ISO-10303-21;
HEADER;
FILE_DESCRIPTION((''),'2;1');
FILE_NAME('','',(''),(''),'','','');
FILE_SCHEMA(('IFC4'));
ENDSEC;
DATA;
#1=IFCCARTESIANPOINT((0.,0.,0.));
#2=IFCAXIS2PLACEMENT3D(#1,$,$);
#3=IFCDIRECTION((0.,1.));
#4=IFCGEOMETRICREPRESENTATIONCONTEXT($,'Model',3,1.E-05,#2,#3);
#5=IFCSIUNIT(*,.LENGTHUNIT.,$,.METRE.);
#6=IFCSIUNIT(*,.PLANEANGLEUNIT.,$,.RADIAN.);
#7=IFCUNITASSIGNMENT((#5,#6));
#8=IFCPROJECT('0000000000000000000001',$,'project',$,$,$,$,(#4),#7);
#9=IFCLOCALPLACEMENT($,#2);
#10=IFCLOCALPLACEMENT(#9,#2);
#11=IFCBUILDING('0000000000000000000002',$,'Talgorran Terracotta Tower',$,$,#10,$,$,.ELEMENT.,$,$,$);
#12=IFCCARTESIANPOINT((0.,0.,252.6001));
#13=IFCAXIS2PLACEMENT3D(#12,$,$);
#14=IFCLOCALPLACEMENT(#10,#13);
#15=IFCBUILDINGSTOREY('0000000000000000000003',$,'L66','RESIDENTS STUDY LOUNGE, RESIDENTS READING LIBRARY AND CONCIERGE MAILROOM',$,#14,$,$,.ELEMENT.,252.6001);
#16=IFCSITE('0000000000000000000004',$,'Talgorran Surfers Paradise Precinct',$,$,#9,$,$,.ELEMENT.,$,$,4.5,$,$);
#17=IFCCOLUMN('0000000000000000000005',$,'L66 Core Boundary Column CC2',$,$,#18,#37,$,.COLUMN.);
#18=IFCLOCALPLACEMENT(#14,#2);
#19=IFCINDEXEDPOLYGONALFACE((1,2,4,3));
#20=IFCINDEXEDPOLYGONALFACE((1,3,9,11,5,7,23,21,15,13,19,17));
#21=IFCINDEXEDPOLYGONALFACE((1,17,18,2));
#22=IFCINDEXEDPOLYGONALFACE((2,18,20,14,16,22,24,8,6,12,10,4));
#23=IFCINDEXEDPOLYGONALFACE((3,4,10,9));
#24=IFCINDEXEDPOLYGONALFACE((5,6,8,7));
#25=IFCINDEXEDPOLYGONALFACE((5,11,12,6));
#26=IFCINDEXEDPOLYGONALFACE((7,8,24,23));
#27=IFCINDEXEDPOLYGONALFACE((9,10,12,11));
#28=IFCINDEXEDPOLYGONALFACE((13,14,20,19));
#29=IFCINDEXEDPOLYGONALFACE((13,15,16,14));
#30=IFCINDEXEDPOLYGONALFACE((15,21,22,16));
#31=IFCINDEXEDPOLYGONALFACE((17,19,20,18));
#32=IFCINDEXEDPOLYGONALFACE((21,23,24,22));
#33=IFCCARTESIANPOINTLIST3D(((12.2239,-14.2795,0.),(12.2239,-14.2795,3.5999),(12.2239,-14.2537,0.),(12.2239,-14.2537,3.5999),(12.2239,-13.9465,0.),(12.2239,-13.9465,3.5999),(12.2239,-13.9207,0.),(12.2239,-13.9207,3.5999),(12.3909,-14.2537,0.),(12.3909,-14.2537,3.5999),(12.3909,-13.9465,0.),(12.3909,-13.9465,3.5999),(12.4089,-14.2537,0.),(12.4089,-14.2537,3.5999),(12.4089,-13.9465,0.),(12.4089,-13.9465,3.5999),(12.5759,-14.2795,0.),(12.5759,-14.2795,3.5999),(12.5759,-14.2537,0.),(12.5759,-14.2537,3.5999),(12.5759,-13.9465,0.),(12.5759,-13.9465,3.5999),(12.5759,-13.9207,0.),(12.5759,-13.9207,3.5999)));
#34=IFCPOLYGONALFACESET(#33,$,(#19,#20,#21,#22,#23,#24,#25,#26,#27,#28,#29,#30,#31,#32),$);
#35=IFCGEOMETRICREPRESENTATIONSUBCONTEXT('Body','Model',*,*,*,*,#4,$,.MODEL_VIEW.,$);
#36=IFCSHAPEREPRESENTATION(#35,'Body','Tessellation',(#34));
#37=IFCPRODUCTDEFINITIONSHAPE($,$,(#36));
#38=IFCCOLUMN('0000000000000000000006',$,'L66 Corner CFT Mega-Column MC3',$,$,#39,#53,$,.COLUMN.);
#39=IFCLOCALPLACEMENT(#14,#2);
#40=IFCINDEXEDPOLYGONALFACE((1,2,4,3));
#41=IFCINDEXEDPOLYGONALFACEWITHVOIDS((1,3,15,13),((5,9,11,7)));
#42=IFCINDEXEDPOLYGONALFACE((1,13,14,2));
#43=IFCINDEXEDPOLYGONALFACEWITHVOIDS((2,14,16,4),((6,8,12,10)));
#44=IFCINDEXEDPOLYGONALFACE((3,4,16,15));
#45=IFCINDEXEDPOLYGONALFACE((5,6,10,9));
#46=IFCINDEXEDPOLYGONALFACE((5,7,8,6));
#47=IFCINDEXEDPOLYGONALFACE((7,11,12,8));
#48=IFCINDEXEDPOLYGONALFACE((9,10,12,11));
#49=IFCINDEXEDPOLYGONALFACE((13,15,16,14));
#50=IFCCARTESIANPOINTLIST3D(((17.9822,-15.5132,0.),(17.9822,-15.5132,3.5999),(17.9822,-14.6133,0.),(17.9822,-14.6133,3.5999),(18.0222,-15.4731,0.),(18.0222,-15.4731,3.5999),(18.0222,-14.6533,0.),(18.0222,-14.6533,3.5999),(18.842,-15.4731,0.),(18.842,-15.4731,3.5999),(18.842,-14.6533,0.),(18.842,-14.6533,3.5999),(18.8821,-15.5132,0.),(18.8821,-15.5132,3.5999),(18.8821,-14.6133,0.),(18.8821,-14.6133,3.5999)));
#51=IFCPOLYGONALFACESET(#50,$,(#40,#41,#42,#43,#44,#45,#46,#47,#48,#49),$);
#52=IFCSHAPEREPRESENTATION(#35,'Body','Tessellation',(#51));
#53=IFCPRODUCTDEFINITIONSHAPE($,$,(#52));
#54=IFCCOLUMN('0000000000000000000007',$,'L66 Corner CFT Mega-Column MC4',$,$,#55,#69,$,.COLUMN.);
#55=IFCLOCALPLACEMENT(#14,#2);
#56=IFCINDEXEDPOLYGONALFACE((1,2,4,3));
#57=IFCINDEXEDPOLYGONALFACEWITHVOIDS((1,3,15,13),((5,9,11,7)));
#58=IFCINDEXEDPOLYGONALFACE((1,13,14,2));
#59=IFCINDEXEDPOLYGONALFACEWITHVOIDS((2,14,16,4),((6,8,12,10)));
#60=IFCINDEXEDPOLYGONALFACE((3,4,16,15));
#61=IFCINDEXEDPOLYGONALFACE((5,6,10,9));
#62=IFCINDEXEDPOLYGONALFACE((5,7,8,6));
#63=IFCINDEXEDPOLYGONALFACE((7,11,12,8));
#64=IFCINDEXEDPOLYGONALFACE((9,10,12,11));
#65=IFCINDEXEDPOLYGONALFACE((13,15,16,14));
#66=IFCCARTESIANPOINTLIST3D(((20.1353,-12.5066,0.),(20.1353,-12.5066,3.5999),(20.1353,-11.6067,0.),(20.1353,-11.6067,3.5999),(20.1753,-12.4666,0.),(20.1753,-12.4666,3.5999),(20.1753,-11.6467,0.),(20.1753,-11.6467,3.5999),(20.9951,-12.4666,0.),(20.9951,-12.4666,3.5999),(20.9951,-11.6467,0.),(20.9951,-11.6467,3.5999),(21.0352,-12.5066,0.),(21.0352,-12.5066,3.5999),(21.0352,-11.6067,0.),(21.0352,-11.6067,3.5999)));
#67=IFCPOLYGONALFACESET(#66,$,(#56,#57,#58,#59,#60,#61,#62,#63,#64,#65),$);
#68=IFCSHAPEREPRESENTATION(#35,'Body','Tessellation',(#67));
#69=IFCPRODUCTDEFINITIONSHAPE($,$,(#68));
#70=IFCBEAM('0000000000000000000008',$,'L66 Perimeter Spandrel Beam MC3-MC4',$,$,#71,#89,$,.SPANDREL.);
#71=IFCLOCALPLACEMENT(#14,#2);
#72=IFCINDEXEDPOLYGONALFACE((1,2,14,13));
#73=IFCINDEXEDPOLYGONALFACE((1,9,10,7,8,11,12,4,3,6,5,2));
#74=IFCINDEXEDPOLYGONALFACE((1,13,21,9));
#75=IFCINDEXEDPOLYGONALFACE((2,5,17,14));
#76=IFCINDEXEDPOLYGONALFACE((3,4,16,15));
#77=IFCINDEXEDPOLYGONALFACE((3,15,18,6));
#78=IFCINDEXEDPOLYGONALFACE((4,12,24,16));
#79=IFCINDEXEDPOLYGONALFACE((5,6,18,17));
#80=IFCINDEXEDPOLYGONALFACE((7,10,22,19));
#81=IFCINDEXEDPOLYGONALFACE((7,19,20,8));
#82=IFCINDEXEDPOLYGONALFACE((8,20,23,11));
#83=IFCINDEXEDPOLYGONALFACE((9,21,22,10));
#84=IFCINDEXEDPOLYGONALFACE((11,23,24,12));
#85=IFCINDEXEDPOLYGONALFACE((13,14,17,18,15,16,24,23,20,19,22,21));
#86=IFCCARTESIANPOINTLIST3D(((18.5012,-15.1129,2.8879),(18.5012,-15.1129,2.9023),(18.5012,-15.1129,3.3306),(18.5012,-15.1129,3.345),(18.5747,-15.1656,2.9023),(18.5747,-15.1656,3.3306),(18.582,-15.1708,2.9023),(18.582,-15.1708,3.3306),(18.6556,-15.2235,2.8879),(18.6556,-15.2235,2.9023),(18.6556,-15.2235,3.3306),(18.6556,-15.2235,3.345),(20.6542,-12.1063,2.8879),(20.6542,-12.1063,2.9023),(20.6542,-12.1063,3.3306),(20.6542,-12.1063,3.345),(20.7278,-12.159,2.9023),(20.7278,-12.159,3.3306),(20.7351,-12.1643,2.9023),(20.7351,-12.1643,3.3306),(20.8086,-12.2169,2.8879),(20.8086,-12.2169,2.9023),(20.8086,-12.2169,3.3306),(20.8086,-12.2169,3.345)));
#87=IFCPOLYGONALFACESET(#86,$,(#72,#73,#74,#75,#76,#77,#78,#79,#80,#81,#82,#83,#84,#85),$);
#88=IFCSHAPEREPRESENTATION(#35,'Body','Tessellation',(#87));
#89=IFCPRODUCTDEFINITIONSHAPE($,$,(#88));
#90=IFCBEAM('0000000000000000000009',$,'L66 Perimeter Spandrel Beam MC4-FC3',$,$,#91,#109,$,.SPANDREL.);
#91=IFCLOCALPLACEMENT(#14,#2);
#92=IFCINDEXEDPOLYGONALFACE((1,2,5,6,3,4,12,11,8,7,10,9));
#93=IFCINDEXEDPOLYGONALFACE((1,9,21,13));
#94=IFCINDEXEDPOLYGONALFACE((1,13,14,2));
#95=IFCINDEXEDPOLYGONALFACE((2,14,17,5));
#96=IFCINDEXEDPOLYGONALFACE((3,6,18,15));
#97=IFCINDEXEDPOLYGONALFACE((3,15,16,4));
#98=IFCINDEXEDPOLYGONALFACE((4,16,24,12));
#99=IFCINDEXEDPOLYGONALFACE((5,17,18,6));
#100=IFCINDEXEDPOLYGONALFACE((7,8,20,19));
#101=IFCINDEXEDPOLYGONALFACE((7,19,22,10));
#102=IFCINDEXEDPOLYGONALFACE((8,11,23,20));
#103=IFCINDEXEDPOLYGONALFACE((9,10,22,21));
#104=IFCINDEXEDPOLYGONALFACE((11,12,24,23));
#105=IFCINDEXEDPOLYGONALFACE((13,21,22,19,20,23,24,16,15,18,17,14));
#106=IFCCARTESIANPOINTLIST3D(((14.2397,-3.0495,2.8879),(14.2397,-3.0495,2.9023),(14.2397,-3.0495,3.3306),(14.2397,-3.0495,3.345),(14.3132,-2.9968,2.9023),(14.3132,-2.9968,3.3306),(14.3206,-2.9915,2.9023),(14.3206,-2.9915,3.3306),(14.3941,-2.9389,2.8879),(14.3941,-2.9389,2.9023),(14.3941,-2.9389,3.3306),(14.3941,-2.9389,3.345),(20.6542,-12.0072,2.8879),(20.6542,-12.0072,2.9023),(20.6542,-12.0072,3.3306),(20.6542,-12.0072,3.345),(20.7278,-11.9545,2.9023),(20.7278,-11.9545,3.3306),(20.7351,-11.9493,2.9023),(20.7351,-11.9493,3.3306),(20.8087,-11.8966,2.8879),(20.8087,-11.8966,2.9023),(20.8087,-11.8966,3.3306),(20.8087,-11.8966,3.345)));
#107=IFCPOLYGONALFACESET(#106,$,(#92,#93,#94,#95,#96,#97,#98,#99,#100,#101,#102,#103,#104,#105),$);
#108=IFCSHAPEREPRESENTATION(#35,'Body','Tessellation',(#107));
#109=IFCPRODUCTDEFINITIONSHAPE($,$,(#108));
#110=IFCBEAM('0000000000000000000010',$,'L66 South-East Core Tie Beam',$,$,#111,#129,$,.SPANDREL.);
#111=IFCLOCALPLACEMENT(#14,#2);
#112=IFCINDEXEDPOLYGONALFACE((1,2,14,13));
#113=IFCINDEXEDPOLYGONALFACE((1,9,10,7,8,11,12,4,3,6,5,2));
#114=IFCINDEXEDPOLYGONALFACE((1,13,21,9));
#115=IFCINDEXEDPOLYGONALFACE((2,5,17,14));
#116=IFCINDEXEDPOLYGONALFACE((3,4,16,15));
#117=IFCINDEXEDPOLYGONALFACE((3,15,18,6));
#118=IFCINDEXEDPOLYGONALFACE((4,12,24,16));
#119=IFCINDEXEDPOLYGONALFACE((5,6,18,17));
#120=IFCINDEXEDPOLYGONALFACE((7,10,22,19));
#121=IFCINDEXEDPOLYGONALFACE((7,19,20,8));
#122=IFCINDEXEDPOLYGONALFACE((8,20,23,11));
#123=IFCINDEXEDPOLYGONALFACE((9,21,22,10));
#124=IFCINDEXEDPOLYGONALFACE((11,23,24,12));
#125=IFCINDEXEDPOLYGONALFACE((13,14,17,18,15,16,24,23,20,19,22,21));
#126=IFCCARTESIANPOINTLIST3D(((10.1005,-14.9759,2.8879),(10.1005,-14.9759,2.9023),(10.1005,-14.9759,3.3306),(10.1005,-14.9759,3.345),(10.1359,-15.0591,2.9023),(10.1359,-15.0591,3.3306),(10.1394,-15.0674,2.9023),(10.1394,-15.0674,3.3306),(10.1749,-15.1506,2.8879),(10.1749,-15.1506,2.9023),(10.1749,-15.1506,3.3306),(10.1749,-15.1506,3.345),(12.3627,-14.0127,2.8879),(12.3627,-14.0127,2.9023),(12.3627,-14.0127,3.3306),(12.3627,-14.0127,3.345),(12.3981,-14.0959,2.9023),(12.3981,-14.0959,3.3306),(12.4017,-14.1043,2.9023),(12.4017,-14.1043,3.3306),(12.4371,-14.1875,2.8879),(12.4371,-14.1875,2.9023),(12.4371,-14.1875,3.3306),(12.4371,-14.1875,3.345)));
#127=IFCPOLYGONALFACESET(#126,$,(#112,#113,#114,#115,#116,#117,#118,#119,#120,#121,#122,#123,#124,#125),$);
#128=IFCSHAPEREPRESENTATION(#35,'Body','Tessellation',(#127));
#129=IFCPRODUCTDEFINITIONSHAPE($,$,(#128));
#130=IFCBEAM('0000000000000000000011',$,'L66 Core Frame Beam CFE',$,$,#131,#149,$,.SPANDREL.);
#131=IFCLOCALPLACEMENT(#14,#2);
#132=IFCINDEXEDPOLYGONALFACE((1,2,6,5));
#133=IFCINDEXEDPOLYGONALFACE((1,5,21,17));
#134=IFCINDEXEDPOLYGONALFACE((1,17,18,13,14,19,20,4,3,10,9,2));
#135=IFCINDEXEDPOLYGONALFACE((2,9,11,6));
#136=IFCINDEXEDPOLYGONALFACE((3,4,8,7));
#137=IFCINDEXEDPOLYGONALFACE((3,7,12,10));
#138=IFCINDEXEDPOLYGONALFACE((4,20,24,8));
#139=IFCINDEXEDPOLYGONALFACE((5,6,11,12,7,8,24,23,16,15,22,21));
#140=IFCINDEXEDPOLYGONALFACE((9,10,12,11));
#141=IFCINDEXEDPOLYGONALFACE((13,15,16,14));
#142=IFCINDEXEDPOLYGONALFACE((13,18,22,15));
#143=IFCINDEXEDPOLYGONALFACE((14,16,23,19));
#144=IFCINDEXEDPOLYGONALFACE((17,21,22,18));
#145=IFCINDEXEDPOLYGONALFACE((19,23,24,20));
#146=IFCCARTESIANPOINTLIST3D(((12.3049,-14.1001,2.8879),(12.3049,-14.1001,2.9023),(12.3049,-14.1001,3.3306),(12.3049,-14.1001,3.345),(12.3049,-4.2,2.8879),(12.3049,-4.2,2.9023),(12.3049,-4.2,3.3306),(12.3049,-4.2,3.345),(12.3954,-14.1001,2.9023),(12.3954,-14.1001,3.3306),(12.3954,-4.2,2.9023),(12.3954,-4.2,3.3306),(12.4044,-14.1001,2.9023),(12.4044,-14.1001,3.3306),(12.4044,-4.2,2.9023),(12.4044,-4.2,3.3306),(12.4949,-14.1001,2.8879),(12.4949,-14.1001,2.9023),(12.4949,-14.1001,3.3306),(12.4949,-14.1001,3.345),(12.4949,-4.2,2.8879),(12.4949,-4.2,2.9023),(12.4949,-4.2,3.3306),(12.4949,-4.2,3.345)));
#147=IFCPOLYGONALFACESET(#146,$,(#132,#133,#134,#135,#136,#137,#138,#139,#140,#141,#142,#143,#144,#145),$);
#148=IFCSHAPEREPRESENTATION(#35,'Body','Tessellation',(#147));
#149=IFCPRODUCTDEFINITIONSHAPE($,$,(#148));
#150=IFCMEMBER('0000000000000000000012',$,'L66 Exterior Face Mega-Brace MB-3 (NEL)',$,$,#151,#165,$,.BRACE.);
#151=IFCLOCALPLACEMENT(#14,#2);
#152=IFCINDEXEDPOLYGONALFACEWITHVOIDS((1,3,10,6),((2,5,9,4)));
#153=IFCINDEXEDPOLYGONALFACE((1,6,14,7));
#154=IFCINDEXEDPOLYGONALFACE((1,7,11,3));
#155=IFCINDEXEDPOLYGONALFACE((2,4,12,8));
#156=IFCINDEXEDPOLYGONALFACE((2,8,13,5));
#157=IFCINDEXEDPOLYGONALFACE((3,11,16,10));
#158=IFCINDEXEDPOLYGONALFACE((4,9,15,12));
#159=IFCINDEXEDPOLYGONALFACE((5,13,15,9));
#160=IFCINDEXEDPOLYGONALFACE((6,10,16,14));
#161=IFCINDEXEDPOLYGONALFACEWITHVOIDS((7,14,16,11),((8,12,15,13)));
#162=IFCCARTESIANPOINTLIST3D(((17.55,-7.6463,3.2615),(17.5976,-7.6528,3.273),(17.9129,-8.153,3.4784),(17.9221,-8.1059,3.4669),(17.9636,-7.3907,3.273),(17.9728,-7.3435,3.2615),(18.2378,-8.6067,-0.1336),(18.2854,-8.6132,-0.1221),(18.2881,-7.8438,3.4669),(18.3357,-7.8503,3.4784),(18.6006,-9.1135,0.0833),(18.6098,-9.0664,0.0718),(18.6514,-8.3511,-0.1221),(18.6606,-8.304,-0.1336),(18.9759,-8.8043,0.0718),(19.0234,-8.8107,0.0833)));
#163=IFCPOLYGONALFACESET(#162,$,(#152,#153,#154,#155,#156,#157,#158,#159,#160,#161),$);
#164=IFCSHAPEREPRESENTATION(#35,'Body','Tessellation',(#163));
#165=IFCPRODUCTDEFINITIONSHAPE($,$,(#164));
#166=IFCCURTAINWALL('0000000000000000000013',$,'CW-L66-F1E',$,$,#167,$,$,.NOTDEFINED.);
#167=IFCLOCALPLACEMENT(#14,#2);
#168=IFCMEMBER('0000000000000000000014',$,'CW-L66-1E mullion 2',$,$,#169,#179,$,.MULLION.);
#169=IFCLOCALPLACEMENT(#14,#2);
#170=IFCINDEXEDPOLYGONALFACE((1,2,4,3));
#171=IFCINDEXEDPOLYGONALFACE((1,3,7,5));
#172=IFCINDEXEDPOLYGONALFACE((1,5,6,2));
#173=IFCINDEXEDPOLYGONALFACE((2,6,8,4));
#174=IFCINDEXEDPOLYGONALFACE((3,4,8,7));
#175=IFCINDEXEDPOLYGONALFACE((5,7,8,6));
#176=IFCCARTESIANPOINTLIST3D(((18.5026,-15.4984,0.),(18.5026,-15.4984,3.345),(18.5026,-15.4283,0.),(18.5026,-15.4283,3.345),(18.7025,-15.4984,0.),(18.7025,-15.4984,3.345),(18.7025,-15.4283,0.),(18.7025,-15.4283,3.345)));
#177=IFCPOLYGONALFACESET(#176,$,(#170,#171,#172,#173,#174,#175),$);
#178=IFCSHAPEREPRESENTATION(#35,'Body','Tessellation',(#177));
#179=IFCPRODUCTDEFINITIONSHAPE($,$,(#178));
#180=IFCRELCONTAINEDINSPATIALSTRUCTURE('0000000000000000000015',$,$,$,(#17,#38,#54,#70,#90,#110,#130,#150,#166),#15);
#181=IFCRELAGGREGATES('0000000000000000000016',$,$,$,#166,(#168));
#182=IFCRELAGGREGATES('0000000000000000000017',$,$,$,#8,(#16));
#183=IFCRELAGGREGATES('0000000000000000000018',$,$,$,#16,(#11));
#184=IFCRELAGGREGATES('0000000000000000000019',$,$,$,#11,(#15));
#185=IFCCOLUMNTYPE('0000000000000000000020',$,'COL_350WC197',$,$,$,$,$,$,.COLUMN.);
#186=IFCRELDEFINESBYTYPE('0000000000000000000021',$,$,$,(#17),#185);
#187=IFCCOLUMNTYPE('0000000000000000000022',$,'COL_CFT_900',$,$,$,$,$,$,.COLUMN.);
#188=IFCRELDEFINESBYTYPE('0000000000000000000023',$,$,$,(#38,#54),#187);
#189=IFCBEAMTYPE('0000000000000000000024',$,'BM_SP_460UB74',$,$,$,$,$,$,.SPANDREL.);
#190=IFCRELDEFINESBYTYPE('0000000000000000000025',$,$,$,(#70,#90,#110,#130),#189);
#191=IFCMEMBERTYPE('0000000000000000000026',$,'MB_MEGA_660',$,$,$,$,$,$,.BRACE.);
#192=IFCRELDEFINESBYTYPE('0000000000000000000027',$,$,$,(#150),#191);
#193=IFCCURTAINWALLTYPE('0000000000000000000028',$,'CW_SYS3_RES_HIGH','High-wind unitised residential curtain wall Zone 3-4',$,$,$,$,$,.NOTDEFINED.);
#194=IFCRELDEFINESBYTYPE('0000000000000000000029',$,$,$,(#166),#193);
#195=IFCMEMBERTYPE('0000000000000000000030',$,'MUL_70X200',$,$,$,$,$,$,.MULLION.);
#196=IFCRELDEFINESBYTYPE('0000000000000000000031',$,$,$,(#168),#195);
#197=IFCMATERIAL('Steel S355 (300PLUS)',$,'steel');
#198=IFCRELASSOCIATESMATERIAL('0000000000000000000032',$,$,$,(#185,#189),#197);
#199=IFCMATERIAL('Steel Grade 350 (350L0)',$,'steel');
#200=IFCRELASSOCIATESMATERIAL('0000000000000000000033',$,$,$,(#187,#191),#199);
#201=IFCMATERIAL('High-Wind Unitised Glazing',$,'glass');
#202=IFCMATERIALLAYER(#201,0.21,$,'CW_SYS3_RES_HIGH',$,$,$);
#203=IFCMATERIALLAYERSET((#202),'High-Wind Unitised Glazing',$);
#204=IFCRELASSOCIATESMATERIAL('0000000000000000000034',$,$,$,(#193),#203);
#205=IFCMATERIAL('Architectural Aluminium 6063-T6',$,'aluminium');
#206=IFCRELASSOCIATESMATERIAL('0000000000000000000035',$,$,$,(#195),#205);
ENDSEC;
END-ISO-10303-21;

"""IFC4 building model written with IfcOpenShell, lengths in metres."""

from ifc_helpers import new_model, si_unit, direction, frame, origin, origin_2d, place, context, subcontext, project, spatial, rectangle, hollow_rectangle, i_section, extrude, material, layer, layer_set, material_profile, profile_set, type_object, element, aggregate, save


model = new_model("IFC4")

# Units and contexts
model_context = context("Model", 3, precision=1e-05, world=origin(), true_north=direction((0.0, 1.0)))
body_context = subcontext(model_context, "Body", "Model", "MODEL_VIEW")
ifc_project = project(units=[si_unit("LENGTHUNIT", "METRE"), si_unit("PLANEANGLEUNIT", "RADIAN")], contexts=[model_context])

# Site, building, storey
site_placement = place(None, origin())
site = spatial("IfcSite", under=ifc_project, at=site_placement, Name="Talgorran Surfers Paradise Precinct", CompositionType="ELEMENT", RefElevation=4.5)
building_placement = place(site_placement, origin())
building = spatial("IfcBuilding", under=site, at=building_placement, Name="Talgorran Terracotta Tower", CompositionType="ELEMENT")
storey_placement = place(building_placement, frame((0.0, 0.0, 252.6001)))
storey = spatial("IfcBuildingStorey", under=building, at=storey_placement, Name="L66", Description="RESIDENTS STUDY LOUNGE, RESIDENTS READING LIBRARY AND CONCIERGE MAILROOM", CompositionType="ELEMENT", Elevation=252.6001)

# Columns
ifc_material_1 = material(Name="Steel S355 (300PLUS)", Category="steel")
ifc_material_profile_1 = material_profile(ifc_material_1, i_section(OverallWidth=0.3521, OverallDepth=0.3589, WebThickness=0.0181, FlangeThickness=0.0259, at=origin_2d()), Name="350WC197")
ifc_profile_set_1 = profile_set([ifc_material_profile_1], Name="Steel S355 (300PLUS)")
column_type_1 = type_object("IfcColumnType", Name="COL_350WC197", PredefinedType="COLUMN", material=ifc_profile_set_1)
column_placement = place(storey_placement, frame((12.3999, -14.1001, 0.0), z_axis=(0.0, 0.0, 1.0), x_axis=(1.0, 0.0, 0.0)))
element("IfcColumn", 1, at=column_placement, inside=storey, type_object=column_type_1, Name="L66 Core Boundary Column CC2", PredefinedType="COLUMN", context=body_context, shape_type="SweptSolid", body=[
    extrude(i_section(OverallWidth=0.3521, OverallDepth=0.3589, WebThickness=0.0181, FlangeThickness=0.0259, at=origin_2d()), origin(), (0.0, 0.0, 1.0), 3.5999),
])
ifc_material_2 = material(Name="Steel Grade 350 (350L0)", Category="steel")
ifc_material_profile_2 = material_profile(ifc_material_2, hollow_rectangle(XDim=0.8999, YDim=0.8999, WallThickness=0.04, at=origin_2d()), Name="CFT900X900X40")
ifc_profile_set_2 = profile_set([ifc_material_profile_2], Name="Steel Grade 350 (350L0)")
column_type_2 = type_object("IfcColumnType", Name="COL_CFT_900", PredefinedType="COLUMN", material=ifc_profile_set_2)
for number, where, z_axis, x_axis, name in (
    (2, (18.4321, -15.0632, 0.0), (0.0, 0.0, 1.0), (1.0, 0.0, 0.0), "L66 Corner CFT Mega-Column MC3"),
    (3, (20.5852, -12.0566, 0.0), (0.0, 0.0, 1.0), (1.0, 0.0, 0.0), "L66 Corner CFT Mega-Column MC4"),
):
    element("IfcColumn", number, at=place(storey_placement, frame(where, z_axis=z_axis, x_axis=x_axis)), inside=storey, type_object=column_type_2, Name=name, PredefinedType="COLUMN", context=body_context, shape_type="SweptSolid", body=[
        extrude(hollow_rectangle(XDim=0.8999, YDim=0.8999, WallThickness=0.04, at=origin_2d()), origin(), (0.0, 0.0, 1.0), 3.5999),
    ])

# Beams
ifc_material_profile_3 = material_profile(ifc_material_1, i_section(OverallWidth=0.1899, OverallDepth=0.457, WebThickness=0.009, FlangeThickness=0.0144, at=origin_2d()), Name="460UB74.6")
ifc_profile_set_3 = profile_set([ifc_material_profile_3], Name="Steel S355 (300PLUS)")
beam_type = type_object("IfcBeamType", Name="BM_SP_460UB74", PredefinedType="SPANDREL", material=ifc_profile_set_3)
beam_1_placement = place(storey_placement, frame((18.5784, -15.1682, 3.1165), z_axis=(0.582224, 0.813028, 0.0), x_axis=(-0.813028, 0.582224, 0.0)))
element("IfcBeam", 4, at=beam_1_placement, inside=storey, type_object=beam_type, Name="L66 Perimeter Spandrel Beam MC3-MC4", PredefinedType="SPANDREL", context=body_context, shape_type="SweptSolid", body=[
    extrude(i_section(OverallWidth=0.1899, OverallDepth=0.457, WebThickness=0.009, FlangeThickness=0.0144, at=origin_2d()), origin(), (0.0, 0.0, 1.0), 3.698),
])
beam_2_placement = place(storey_placement, frame((20.7314, -11.9519, 3.1165), z_axis=(-0.582208, 0.81304, 0.0), x_axis=(-0.81304, -0.582208, 0.0)))
element("IfcBeam", 5, at=beam_2_placement, inside=storey, type_object=beam_type, Name="L66 Perimeter Spandrel Beam MC4-FC3", PredefinedType="SPANDREL", context=body_context, shape_type="SweptSolid", body=[
    extrude(i_section(OverallWidth=0.1899, OverallDepth=0.457, WebThickness=0.009, FlangeThickness=0.0144, at=origin_2d()), origin(), (0.0, 0.0, 1.0), 11.0176),
])
beam_3_placement = place(storey_placement, frame((12.3999, -14.1001, 3.1165), z_axis=(-0.920082, -0.391725, 0.0), x_axis=(0.391725, -0.920082, 0.0)))
element("IfcBeam", 6, at=beam_3_placement, inside=storey, type_object=beam_type, Name="L66 South-East Core Tie Beam", PredefinedType="SPANDREL", context=body_context, shape_type="SweptSolid", body=[
    extrude(i_section(OverallWidth=0.1899, OverallDepth=0.457, WebThickness=0.009, FlangeThickness=0.0144, at=origin_2d()), origin(), (0.0, 0.0, 1.0), 2.4587),
])
beam_4_placement = place(storey_placement, frame((12.3999, -14.1001, 3.1165), z_axis=(0.0, 1.0, 0.0), x_axis=(-1.0, 0.0, 0.0)))
element("IfcBeam", 7, at=beam_4_placement, inside=storey, type_object=beam_type, Name="L66 Core Frame Beam CFE", PredefinedType="SPANDREL", context=body_context, shape_type="SweptSolid", body=[
    extrude(i_section(OverallWidth=0.1899, OverallDepth=0.457, WebThickness=0.009, FlangeThickness=0.0144, at=origin_2d()), origin(), (0.0, 0.0, 1.0), 9.9001),
])

# Member
ifc_material_profile_4 = material_profile(ifc_material_2, hollow_rectangle(XDim=0.52, YDim=0.6599, WallThickness=0.0349, at=origin_2d()), Name="WBOX660X520X35")
ifc_profile_set_4 = profile_set([ifc_material_profile_4], Name="Steel Grade 350 (350L0)")
member_type_1 = type_object("IfcMemberType", Name="MB_MEGA_660", PredefinedType="BRACE", material=ifc_profile_set_4)
member_1_placement = place(storey_placement, frame((18.6306, -8.7087, -0.0251), z_axis=(-0.191324, 0.267187, 0.944461), x_axis=(-0.813049, -0.582196, 0.0)))
element("IfcMember", 8, at=member_1_placement, inside=storey, type_object=member_type_1, Name="L66 Exterior Face Mega-Brace MB-3 (NEL)", PredefinedType="BRACE", context=body_context, shape_type="SweptSolid", body=[
    extrude(hollow_rectangle(XDim=0.52, YDim=0.6599, WallThickness=0.0349, at=origin_2d()), origin(), (0.0, 0.0, 1.0), 3.5947),
])

# Curtain wall, member
ifc_material_3 = material(Name="High-Wind Unitised Glazing", Category="glass")
ifc_layer_1 = layer(ifc_material_3, 0.21, Name="CW_SYS3_RES_HIGH")
ifc_layer_set_1 = layer_set([ifc_layer_1], Name="High-Wind Unitised Glazing")
curtain_wall_type = type_object("IfcCurtainWallType", Name="CW_SYS3_RES_HIGH", Description="High-wind unitised residential curtain wall Zone 3-4", PredefinedType="NOTDEFINED", material=ifc_layer_set_1)
curtain_wall_1_placement = place(storey_placement, origin())
curtain_wall_1 = element("IfcCurtainWall", 9, at=curtain_wall_1_placement, inside=storey, type_object=curtain_wall_type, Name="CW-L66-F1E", PredefinedType="NOTDEFINED")
ifc_material_4 = material(Name="Architectural Aluminium 6063-T6", Category="aluminium")
ifc_material_profile_5 = material_profile(ifc_material_4, rectangle(XDim=0.0701, YDim=0.2, at=origin_2d()), Name="CWM70X200")
ifc_profile_set_5 = profile_set([ifc_material_profile_5], Name="Architectural Aluminium 6063-T6")
member_type_2 = type_object("IfcMemberType", Name="MUL_70X200", PredefinedType="MULLION", material=ifc_profile_set_5)
member_2_placement = place(storey_placement, frame((18.6025, -15.4634, 0.0), z_axis=(0.0, 0.0, 1.0), x_axis=(0.0, 1.0, 0.0)))
member_2 = element("IfcMember", 10, at=member_2_placement, type_object=member_type_2, Name="CW-L66-1E mullion 2", PredefinedType="MULLION", context=body_context, shape_type="SweptSolid", body=[
    extrude(rectangle(XDim=0.0701, YDim=0.2, at=origin_2d()), origin(), (0.0, 0.0, 1.0), 3.345),
])

aggregate(curtain_wall_1, [member_2])

save(model, "model.ifc")
